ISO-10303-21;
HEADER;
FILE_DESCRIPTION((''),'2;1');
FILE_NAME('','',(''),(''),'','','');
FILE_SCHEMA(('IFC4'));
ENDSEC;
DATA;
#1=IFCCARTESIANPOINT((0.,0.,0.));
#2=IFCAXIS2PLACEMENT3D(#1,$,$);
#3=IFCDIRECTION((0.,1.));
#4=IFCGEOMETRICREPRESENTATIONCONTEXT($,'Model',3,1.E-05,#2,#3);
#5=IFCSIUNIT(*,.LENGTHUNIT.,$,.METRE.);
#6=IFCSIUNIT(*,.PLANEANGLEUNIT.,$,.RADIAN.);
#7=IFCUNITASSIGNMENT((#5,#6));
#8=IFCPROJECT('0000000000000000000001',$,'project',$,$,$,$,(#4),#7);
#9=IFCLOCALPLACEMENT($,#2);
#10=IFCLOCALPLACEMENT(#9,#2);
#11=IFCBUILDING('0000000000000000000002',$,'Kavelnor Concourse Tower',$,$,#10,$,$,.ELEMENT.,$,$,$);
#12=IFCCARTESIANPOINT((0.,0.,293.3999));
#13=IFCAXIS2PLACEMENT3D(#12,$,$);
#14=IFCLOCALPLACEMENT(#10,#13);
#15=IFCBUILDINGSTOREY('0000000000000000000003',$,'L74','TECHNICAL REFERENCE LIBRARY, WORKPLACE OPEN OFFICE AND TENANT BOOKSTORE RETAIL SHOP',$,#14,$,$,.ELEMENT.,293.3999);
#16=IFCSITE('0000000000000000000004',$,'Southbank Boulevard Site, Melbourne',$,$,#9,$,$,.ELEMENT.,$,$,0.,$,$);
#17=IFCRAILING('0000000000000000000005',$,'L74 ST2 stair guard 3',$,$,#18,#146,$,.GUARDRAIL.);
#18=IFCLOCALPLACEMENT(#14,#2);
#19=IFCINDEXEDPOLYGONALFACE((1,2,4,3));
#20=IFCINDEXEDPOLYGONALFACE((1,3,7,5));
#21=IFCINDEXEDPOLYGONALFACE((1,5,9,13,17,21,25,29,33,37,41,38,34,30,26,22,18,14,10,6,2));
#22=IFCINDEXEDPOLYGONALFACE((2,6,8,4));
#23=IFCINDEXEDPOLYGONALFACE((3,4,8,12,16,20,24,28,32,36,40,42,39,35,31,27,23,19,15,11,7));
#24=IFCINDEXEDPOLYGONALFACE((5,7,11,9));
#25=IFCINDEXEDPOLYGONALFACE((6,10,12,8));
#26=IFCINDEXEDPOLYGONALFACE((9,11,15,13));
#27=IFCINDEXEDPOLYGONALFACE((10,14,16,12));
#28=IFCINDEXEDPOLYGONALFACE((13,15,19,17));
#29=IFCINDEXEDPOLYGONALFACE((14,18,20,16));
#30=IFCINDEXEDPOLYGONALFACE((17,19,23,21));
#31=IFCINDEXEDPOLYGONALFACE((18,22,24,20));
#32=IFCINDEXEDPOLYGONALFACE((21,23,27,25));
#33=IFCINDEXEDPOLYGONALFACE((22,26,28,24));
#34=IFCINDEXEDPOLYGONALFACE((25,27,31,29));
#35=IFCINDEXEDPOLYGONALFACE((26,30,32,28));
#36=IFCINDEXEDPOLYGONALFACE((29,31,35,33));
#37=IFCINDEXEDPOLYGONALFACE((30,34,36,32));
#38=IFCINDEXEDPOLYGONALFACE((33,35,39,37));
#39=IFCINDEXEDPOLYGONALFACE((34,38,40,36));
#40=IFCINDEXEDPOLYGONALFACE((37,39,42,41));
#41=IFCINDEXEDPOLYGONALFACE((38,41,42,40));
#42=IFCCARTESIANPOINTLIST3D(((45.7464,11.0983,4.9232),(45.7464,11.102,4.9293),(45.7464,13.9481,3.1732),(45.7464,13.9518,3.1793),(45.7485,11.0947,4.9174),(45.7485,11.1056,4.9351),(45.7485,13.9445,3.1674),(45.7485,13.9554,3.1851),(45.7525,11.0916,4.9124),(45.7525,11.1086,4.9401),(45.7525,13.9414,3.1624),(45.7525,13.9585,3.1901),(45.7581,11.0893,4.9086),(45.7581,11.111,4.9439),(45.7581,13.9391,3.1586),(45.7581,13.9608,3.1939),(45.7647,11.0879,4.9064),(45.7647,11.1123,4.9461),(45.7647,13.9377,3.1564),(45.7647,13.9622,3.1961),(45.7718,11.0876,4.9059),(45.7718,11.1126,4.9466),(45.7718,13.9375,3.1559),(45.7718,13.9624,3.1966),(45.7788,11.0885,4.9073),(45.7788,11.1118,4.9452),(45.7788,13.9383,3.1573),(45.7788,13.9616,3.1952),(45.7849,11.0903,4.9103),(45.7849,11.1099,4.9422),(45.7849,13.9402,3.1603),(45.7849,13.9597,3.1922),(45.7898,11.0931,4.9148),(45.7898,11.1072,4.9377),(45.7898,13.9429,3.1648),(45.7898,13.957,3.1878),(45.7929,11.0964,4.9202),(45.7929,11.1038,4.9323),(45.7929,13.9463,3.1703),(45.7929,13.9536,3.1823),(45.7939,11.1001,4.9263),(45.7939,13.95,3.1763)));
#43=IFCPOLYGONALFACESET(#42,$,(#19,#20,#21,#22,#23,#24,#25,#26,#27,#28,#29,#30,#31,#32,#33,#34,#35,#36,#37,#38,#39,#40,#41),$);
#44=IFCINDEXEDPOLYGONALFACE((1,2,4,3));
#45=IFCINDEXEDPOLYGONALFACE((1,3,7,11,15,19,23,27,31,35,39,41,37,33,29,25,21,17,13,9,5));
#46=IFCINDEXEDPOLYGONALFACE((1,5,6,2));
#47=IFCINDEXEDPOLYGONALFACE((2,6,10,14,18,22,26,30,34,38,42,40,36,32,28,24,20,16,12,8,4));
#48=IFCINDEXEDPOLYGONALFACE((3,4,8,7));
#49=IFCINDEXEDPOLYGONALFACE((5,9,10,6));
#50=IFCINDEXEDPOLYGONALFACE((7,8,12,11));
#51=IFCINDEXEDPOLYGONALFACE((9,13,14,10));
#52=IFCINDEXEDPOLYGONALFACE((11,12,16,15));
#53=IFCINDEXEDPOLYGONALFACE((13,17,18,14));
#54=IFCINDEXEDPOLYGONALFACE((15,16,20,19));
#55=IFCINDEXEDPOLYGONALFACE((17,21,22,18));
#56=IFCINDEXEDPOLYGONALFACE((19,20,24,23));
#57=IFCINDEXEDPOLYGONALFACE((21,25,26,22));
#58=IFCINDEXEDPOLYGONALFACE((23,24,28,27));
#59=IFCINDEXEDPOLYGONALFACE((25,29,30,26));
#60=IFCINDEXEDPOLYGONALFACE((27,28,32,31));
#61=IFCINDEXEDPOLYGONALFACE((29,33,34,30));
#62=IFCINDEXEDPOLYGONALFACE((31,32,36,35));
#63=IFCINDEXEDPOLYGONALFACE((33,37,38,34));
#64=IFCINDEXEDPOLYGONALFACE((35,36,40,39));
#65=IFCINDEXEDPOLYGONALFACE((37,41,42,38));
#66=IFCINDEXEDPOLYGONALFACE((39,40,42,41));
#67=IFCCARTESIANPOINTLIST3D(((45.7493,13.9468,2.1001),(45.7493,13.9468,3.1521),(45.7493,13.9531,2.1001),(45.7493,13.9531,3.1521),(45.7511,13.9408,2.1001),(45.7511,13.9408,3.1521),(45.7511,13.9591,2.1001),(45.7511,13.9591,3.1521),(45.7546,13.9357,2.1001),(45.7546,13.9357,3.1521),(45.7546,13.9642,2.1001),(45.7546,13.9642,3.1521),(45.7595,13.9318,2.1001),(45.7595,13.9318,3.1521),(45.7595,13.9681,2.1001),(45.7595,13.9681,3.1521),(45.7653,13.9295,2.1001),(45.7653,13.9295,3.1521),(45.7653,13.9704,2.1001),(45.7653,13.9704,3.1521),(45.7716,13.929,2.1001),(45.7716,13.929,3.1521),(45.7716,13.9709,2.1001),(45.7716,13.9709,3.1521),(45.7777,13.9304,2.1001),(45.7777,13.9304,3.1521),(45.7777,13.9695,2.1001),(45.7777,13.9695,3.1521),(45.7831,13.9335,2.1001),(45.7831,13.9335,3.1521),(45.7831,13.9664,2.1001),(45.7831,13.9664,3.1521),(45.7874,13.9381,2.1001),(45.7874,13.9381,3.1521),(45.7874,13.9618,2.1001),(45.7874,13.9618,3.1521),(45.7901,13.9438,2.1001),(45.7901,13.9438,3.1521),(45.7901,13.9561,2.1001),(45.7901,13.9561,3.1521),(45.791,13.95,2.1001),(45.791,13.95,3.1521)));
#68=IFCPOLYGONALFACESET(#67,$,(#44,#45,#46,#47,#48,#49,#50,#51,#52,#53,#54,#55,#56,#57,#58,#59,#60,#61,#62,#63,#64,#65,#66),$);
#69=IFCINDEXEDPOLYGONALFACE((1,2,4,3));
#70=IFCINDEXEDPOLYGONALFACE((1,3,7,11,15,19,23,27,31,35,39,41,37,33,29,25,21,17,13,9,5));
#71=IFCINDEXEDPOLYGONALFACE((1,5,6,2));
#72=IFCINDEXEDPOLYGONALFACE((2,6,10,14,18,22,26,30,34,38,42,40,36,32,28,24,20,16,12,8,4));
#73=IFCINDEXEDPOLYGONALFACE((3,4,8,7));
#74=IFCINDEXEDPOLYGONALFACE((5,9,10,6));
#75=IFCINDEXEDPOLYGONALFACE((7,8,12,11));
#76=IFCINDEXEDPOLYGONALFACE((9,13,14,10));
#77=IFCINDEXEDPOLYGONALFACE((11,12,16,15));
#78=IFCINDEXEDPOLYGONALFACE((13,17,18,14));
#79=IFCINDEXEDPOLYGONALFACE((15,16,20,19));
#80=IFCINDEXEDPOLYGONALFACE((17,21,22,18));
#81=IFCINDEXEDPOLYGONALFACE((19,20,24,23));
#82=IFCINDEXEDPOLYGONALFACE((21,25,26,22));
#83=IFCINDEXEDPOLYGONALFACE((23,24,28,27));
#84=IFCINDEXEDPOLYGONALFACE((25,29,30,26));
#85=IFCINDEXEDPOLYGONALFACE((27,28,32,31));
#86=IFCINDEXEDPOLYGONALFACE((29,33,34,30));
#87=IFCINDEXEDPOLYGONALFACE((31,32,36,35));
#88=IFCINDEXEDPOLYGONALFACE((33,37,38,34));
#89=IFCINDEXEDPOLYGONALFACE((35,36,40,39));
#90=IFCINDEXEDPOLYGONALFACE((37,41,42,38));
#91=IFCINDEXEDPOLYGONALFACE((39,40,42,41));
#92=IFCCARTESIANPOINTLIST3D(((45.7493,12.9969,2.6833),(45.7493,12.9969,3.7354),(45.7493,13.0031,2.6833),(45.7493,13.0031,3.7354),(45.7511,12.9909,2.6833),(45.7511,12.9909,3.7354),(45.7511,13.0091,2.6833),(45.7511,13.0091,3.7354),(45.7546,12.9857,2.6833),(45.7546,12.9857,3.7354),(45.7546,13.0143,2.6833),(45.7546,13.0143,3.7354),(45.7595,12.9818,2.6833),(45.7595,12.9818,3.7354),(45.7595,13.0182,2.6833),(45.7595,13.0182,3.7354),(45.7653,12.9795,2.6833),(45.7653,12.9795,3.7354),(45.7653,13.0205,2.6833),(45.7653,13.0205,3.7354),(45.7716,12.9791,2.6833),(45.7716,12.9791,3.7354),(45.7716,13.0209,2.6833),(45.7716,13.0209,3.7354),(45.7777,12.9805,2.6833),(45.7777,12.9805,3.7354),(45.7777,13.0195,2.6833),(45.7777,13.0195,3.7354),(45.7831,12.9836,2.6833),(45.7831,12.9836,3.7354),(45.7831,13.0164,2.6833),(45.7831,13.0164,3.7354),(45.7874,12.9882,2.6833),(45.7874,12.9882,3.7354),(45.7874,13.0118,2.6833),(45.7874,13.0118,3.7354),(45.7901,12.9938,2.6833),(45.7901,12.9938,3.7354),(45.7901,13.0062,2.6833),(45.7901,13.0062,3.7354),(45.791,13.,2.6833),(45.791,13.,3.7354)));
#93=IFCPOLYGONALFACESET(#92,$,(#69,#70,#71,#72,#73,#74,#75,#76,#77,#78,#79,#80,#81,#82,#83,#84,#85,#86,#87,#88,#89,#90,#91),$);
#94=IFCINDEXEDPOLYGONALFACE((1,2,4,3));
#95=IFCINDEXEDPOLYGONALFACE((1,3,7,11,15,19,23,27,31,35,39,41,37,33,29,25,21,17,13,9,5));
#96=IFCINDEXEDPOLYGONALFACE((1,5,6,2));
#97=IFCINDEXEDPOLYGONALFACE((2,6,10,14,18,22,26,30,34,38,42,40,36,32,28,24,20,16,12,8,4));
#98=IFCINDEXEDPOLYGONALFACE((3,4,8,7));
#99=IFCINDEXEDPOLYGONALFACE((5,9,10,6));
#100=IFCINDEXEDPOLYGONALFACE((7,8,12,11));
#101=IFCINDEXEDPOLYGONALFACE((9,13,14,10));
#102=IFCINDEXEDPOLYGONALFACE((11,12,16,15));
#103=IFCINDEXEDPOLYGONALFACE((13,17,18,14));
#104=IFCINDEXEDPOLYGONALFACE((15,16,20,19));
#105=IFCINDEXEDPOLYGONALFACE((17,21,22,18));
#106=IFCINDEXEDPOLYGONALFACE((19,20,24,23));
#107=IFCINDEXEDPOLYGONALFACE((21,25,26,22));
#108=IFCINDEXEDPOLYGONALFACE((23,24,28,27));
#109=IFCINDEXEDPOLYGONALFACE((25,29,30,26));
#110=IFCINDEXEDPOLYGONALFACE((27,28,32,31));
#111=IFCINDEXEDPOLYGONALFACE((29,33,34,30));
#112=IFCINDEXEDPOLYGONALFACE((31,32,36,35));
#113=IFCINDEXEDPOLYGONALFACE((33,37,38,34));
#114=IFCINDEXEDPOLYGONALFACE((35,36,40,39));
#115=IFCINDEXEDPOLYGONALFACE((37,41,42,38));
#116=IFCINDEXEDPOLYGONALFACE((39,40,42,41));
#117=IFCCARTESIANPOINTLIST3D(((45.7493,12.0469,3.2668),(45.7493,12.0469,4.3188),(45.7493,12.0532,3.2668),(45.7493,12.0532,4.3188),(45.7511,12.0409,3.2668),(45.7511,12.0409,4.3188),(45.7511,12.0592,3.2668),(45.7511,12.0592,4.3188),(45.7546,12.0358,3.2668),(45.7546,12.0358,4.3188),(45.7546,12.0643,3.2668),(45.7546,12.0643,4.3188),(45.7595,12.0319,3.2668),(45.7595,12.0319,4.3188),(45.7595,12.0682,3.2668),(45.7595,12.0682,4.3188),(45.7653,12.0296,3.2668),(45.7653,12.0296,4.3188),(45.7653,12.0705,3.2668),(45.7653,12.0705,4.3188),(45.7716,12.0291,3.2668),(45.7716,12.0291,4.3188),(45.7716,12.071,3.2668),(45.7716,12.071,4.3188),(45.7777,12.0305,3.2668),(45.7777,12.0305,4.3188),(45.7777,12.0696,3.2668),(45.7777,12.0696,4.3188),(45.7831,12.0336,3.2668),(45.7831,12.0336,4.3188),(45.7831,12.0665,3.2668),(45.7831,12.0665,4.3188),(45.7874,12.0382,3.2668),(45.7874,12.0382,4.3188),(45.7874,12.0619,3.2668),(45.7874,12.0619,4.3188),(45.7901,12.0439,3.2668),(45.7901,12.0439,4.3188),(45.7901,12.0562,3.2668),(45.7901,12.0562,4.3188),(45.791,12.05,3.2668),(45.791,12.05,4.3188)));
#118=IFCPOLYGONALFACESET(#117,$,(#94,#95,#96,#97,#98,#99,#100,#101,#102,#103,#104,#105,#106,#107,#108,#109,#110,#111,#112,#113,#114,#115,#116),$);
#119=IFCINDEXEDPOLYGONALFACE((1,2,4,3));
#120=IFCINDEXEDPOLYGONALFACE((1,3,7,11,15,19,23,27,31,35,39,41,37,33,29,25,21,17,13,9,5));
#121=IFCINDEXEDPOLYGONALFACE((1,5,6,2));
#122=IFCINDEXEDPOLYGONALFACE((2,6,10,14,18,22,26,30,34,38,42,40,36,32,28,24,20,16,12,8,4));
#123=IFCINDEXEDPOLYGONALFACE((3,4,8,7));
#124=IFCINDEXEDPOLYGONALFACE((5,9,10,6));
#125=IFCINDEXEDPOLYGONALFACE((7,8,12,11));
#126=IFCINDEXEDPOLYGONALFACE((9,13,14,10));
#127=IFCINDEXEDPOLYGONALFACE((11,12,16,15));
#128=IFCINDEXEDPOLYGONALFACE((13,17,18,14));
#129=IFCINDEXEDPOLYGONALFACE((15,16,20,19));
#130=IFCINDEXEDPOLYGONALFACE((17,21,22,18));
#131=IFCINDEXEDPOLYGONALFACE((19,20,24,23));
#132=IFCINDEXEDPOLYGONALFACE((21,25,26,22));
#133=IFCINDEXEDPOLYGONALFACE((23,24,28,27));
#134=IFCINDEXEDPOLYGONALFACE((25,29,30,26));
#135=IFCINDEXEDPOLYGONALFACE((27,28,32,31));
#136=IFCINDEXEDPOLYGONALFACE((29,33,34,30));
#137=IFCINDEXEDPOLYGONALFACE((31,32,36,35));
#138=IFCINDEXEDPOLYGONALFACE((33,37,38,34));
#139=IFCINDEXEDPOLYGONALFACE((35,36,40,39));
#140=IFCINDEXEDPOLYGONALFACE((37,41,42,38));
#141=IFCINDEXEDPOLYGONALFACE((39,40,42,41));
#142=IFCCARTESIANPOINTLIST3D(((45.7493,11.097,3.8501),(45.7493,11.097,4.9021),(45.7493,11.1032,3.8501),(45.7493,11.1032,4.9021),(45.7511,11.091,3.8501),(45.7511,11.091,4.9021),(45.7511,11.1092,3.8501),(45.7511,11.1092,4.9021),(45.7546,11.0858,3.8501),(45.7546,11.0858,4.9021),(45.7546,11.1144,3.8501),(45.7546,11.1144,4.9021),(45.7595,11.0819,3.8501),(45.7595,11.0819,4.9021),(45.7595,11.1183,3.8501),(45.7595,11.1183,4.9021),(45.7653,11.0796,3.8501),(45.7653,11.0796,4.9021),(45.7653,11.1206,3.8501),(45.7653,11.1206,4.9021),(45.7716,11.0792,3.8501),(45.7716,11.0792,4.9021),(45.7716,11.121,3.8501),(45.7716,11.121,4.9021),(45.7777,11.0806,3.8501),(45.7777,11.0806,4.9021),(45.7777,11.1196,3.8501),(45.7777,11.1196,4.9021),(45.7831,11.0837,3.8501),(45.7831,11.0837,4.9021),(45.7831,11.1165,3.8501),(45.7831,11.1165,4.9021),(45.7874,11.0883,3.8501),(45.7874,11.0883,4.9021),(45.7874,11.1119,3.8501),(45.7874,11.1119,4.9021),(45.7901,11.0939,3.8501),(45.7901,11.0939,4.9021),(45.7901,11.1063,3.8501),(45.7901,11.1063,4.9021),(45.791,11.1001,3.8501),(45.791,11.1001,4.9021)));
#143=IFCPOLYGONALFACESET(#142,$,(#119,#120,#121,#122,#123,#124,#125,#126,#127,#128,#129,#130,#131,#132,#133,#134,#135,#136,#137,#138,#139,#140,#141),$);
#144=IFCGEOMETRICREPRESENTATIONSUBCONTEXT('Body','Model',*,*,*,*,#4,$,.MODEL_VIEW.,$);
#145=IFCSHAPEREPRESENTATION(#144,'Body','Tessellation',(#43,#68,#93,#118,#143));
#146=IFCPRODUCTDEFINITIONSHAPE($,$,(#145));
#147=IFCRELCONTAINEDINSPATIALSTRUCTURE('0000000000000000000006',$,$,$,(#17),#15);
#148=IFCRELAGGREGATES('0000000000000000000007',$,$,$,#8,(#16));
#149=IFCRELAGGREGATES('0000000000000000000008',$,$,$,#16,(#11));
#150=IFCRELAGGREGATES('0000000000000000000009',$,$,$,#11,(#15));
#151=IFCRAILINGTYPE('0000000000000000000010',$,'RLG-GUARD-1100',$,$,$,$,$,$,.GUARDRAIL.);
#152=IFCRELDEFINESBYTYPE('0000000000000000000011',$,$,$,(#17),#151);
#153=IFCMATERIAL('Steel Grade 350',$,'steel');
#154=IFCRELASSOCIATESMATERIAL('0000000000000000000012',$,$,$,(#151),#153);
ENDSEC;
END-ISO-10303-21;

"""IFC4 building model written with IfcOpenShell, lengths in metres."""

from ifc_helpers import new_model, si_unit, direction, frame, origin, origin_2d, place, context, subcontext, project, spatial, circle, extrude, material, type_object, element, save


model = new_model("IFC4")

# Units and contexts
model_context = context("Model", 3, precision=1e-05, world=origin(), true_north=direction((0.0, 1.0)))
body_context = subcontext(model_context, "Body", "Model", "MODEL_VIEW")
ifc_project = project(units=[si_unit("LENGTHUNIT", "METRE"), si_unit("PLANEANGLEUNIT", "RADIAN")], contexts=[model_context])

# Site, building, storey
site_placement = place(None, origin())
site = spatial("IfcSite", under=ifc_project, at=site_placement, Name="Southbank Boulevard Site, Melbourne", CompositionType="ELEMENT", RefElevation=0.0)
building_placement = place(site_placement, origin())
building = spatial("IfcBuilding", under=site, at=building_placement, Name="Kavelnor Concourse Tower", CompositionType="ELEMENT")
storey_placement = place(building_placement, frame((0.0, 0.0, 293.3999)))
storey = spatial("IfcBuildingStorey", under=building, at=storey_placement, Name="L74", Description="TECHNICAL REFERENCE LIBRARY, WORKPLACE OPEN OFFICE AND TENANT BOOKSTORE RETAIL SHOP", CompositionType="ELEMENT", Elevation=293.3999)

# Shared definitions
ifc_material_1 = material(Name="Steel Grade 350", Category="steel")

# Railing
railing_type_1 = type_object("IfcRailingType", Name="RLG-GUARD-1100", PredefinedType="GUARDRAIL", material=ifc_material_1)
railing_1_placement = place(storey_placement, frame((45.77, 13.95, 2.1001)))
element("IfcRailing", 1, at=railing_1_placement, inside=storey, type_object=railing_type_1, Name="L74 ST2 stair guard 3", PredefinedType="GUARDRAIL", context=body_context, shape_type="SweptSolid", body=[
    extrude(circle(Radius=0.0239, at=origin_2d()), frame((0.0, 0.0, 1.0762), z_axis=(0.0, -0.852159, 0.523283), x_axis=(1.0, 0.0, 0.0)), (0.0, 0.0, 1.0), 3.3442),
    extrude(circle(Radius=0.021, at=origin_2d()), origin(), (0.0, 0.0, 1.0), 1.052),
    extrude(circle(Radius=0.021, at=origin_2d()), frame((0.0, -0.95, 0.5833)), (0.0, 0.0, 1.0), 1.052),
    extrude(circle(Radius=0.021, at=origin_2d()), frame((0.0, -1.8999, 1.1667)), (0.0, 0.0, 1.0), 1.052),
    extrude(circle(Radius=0.021, at=origin_2d()), frame((0.0, -2.8499, 1.75)), (0.0, 0.0, 1.0), 1.052),
])

save(model, "model.ifc")
